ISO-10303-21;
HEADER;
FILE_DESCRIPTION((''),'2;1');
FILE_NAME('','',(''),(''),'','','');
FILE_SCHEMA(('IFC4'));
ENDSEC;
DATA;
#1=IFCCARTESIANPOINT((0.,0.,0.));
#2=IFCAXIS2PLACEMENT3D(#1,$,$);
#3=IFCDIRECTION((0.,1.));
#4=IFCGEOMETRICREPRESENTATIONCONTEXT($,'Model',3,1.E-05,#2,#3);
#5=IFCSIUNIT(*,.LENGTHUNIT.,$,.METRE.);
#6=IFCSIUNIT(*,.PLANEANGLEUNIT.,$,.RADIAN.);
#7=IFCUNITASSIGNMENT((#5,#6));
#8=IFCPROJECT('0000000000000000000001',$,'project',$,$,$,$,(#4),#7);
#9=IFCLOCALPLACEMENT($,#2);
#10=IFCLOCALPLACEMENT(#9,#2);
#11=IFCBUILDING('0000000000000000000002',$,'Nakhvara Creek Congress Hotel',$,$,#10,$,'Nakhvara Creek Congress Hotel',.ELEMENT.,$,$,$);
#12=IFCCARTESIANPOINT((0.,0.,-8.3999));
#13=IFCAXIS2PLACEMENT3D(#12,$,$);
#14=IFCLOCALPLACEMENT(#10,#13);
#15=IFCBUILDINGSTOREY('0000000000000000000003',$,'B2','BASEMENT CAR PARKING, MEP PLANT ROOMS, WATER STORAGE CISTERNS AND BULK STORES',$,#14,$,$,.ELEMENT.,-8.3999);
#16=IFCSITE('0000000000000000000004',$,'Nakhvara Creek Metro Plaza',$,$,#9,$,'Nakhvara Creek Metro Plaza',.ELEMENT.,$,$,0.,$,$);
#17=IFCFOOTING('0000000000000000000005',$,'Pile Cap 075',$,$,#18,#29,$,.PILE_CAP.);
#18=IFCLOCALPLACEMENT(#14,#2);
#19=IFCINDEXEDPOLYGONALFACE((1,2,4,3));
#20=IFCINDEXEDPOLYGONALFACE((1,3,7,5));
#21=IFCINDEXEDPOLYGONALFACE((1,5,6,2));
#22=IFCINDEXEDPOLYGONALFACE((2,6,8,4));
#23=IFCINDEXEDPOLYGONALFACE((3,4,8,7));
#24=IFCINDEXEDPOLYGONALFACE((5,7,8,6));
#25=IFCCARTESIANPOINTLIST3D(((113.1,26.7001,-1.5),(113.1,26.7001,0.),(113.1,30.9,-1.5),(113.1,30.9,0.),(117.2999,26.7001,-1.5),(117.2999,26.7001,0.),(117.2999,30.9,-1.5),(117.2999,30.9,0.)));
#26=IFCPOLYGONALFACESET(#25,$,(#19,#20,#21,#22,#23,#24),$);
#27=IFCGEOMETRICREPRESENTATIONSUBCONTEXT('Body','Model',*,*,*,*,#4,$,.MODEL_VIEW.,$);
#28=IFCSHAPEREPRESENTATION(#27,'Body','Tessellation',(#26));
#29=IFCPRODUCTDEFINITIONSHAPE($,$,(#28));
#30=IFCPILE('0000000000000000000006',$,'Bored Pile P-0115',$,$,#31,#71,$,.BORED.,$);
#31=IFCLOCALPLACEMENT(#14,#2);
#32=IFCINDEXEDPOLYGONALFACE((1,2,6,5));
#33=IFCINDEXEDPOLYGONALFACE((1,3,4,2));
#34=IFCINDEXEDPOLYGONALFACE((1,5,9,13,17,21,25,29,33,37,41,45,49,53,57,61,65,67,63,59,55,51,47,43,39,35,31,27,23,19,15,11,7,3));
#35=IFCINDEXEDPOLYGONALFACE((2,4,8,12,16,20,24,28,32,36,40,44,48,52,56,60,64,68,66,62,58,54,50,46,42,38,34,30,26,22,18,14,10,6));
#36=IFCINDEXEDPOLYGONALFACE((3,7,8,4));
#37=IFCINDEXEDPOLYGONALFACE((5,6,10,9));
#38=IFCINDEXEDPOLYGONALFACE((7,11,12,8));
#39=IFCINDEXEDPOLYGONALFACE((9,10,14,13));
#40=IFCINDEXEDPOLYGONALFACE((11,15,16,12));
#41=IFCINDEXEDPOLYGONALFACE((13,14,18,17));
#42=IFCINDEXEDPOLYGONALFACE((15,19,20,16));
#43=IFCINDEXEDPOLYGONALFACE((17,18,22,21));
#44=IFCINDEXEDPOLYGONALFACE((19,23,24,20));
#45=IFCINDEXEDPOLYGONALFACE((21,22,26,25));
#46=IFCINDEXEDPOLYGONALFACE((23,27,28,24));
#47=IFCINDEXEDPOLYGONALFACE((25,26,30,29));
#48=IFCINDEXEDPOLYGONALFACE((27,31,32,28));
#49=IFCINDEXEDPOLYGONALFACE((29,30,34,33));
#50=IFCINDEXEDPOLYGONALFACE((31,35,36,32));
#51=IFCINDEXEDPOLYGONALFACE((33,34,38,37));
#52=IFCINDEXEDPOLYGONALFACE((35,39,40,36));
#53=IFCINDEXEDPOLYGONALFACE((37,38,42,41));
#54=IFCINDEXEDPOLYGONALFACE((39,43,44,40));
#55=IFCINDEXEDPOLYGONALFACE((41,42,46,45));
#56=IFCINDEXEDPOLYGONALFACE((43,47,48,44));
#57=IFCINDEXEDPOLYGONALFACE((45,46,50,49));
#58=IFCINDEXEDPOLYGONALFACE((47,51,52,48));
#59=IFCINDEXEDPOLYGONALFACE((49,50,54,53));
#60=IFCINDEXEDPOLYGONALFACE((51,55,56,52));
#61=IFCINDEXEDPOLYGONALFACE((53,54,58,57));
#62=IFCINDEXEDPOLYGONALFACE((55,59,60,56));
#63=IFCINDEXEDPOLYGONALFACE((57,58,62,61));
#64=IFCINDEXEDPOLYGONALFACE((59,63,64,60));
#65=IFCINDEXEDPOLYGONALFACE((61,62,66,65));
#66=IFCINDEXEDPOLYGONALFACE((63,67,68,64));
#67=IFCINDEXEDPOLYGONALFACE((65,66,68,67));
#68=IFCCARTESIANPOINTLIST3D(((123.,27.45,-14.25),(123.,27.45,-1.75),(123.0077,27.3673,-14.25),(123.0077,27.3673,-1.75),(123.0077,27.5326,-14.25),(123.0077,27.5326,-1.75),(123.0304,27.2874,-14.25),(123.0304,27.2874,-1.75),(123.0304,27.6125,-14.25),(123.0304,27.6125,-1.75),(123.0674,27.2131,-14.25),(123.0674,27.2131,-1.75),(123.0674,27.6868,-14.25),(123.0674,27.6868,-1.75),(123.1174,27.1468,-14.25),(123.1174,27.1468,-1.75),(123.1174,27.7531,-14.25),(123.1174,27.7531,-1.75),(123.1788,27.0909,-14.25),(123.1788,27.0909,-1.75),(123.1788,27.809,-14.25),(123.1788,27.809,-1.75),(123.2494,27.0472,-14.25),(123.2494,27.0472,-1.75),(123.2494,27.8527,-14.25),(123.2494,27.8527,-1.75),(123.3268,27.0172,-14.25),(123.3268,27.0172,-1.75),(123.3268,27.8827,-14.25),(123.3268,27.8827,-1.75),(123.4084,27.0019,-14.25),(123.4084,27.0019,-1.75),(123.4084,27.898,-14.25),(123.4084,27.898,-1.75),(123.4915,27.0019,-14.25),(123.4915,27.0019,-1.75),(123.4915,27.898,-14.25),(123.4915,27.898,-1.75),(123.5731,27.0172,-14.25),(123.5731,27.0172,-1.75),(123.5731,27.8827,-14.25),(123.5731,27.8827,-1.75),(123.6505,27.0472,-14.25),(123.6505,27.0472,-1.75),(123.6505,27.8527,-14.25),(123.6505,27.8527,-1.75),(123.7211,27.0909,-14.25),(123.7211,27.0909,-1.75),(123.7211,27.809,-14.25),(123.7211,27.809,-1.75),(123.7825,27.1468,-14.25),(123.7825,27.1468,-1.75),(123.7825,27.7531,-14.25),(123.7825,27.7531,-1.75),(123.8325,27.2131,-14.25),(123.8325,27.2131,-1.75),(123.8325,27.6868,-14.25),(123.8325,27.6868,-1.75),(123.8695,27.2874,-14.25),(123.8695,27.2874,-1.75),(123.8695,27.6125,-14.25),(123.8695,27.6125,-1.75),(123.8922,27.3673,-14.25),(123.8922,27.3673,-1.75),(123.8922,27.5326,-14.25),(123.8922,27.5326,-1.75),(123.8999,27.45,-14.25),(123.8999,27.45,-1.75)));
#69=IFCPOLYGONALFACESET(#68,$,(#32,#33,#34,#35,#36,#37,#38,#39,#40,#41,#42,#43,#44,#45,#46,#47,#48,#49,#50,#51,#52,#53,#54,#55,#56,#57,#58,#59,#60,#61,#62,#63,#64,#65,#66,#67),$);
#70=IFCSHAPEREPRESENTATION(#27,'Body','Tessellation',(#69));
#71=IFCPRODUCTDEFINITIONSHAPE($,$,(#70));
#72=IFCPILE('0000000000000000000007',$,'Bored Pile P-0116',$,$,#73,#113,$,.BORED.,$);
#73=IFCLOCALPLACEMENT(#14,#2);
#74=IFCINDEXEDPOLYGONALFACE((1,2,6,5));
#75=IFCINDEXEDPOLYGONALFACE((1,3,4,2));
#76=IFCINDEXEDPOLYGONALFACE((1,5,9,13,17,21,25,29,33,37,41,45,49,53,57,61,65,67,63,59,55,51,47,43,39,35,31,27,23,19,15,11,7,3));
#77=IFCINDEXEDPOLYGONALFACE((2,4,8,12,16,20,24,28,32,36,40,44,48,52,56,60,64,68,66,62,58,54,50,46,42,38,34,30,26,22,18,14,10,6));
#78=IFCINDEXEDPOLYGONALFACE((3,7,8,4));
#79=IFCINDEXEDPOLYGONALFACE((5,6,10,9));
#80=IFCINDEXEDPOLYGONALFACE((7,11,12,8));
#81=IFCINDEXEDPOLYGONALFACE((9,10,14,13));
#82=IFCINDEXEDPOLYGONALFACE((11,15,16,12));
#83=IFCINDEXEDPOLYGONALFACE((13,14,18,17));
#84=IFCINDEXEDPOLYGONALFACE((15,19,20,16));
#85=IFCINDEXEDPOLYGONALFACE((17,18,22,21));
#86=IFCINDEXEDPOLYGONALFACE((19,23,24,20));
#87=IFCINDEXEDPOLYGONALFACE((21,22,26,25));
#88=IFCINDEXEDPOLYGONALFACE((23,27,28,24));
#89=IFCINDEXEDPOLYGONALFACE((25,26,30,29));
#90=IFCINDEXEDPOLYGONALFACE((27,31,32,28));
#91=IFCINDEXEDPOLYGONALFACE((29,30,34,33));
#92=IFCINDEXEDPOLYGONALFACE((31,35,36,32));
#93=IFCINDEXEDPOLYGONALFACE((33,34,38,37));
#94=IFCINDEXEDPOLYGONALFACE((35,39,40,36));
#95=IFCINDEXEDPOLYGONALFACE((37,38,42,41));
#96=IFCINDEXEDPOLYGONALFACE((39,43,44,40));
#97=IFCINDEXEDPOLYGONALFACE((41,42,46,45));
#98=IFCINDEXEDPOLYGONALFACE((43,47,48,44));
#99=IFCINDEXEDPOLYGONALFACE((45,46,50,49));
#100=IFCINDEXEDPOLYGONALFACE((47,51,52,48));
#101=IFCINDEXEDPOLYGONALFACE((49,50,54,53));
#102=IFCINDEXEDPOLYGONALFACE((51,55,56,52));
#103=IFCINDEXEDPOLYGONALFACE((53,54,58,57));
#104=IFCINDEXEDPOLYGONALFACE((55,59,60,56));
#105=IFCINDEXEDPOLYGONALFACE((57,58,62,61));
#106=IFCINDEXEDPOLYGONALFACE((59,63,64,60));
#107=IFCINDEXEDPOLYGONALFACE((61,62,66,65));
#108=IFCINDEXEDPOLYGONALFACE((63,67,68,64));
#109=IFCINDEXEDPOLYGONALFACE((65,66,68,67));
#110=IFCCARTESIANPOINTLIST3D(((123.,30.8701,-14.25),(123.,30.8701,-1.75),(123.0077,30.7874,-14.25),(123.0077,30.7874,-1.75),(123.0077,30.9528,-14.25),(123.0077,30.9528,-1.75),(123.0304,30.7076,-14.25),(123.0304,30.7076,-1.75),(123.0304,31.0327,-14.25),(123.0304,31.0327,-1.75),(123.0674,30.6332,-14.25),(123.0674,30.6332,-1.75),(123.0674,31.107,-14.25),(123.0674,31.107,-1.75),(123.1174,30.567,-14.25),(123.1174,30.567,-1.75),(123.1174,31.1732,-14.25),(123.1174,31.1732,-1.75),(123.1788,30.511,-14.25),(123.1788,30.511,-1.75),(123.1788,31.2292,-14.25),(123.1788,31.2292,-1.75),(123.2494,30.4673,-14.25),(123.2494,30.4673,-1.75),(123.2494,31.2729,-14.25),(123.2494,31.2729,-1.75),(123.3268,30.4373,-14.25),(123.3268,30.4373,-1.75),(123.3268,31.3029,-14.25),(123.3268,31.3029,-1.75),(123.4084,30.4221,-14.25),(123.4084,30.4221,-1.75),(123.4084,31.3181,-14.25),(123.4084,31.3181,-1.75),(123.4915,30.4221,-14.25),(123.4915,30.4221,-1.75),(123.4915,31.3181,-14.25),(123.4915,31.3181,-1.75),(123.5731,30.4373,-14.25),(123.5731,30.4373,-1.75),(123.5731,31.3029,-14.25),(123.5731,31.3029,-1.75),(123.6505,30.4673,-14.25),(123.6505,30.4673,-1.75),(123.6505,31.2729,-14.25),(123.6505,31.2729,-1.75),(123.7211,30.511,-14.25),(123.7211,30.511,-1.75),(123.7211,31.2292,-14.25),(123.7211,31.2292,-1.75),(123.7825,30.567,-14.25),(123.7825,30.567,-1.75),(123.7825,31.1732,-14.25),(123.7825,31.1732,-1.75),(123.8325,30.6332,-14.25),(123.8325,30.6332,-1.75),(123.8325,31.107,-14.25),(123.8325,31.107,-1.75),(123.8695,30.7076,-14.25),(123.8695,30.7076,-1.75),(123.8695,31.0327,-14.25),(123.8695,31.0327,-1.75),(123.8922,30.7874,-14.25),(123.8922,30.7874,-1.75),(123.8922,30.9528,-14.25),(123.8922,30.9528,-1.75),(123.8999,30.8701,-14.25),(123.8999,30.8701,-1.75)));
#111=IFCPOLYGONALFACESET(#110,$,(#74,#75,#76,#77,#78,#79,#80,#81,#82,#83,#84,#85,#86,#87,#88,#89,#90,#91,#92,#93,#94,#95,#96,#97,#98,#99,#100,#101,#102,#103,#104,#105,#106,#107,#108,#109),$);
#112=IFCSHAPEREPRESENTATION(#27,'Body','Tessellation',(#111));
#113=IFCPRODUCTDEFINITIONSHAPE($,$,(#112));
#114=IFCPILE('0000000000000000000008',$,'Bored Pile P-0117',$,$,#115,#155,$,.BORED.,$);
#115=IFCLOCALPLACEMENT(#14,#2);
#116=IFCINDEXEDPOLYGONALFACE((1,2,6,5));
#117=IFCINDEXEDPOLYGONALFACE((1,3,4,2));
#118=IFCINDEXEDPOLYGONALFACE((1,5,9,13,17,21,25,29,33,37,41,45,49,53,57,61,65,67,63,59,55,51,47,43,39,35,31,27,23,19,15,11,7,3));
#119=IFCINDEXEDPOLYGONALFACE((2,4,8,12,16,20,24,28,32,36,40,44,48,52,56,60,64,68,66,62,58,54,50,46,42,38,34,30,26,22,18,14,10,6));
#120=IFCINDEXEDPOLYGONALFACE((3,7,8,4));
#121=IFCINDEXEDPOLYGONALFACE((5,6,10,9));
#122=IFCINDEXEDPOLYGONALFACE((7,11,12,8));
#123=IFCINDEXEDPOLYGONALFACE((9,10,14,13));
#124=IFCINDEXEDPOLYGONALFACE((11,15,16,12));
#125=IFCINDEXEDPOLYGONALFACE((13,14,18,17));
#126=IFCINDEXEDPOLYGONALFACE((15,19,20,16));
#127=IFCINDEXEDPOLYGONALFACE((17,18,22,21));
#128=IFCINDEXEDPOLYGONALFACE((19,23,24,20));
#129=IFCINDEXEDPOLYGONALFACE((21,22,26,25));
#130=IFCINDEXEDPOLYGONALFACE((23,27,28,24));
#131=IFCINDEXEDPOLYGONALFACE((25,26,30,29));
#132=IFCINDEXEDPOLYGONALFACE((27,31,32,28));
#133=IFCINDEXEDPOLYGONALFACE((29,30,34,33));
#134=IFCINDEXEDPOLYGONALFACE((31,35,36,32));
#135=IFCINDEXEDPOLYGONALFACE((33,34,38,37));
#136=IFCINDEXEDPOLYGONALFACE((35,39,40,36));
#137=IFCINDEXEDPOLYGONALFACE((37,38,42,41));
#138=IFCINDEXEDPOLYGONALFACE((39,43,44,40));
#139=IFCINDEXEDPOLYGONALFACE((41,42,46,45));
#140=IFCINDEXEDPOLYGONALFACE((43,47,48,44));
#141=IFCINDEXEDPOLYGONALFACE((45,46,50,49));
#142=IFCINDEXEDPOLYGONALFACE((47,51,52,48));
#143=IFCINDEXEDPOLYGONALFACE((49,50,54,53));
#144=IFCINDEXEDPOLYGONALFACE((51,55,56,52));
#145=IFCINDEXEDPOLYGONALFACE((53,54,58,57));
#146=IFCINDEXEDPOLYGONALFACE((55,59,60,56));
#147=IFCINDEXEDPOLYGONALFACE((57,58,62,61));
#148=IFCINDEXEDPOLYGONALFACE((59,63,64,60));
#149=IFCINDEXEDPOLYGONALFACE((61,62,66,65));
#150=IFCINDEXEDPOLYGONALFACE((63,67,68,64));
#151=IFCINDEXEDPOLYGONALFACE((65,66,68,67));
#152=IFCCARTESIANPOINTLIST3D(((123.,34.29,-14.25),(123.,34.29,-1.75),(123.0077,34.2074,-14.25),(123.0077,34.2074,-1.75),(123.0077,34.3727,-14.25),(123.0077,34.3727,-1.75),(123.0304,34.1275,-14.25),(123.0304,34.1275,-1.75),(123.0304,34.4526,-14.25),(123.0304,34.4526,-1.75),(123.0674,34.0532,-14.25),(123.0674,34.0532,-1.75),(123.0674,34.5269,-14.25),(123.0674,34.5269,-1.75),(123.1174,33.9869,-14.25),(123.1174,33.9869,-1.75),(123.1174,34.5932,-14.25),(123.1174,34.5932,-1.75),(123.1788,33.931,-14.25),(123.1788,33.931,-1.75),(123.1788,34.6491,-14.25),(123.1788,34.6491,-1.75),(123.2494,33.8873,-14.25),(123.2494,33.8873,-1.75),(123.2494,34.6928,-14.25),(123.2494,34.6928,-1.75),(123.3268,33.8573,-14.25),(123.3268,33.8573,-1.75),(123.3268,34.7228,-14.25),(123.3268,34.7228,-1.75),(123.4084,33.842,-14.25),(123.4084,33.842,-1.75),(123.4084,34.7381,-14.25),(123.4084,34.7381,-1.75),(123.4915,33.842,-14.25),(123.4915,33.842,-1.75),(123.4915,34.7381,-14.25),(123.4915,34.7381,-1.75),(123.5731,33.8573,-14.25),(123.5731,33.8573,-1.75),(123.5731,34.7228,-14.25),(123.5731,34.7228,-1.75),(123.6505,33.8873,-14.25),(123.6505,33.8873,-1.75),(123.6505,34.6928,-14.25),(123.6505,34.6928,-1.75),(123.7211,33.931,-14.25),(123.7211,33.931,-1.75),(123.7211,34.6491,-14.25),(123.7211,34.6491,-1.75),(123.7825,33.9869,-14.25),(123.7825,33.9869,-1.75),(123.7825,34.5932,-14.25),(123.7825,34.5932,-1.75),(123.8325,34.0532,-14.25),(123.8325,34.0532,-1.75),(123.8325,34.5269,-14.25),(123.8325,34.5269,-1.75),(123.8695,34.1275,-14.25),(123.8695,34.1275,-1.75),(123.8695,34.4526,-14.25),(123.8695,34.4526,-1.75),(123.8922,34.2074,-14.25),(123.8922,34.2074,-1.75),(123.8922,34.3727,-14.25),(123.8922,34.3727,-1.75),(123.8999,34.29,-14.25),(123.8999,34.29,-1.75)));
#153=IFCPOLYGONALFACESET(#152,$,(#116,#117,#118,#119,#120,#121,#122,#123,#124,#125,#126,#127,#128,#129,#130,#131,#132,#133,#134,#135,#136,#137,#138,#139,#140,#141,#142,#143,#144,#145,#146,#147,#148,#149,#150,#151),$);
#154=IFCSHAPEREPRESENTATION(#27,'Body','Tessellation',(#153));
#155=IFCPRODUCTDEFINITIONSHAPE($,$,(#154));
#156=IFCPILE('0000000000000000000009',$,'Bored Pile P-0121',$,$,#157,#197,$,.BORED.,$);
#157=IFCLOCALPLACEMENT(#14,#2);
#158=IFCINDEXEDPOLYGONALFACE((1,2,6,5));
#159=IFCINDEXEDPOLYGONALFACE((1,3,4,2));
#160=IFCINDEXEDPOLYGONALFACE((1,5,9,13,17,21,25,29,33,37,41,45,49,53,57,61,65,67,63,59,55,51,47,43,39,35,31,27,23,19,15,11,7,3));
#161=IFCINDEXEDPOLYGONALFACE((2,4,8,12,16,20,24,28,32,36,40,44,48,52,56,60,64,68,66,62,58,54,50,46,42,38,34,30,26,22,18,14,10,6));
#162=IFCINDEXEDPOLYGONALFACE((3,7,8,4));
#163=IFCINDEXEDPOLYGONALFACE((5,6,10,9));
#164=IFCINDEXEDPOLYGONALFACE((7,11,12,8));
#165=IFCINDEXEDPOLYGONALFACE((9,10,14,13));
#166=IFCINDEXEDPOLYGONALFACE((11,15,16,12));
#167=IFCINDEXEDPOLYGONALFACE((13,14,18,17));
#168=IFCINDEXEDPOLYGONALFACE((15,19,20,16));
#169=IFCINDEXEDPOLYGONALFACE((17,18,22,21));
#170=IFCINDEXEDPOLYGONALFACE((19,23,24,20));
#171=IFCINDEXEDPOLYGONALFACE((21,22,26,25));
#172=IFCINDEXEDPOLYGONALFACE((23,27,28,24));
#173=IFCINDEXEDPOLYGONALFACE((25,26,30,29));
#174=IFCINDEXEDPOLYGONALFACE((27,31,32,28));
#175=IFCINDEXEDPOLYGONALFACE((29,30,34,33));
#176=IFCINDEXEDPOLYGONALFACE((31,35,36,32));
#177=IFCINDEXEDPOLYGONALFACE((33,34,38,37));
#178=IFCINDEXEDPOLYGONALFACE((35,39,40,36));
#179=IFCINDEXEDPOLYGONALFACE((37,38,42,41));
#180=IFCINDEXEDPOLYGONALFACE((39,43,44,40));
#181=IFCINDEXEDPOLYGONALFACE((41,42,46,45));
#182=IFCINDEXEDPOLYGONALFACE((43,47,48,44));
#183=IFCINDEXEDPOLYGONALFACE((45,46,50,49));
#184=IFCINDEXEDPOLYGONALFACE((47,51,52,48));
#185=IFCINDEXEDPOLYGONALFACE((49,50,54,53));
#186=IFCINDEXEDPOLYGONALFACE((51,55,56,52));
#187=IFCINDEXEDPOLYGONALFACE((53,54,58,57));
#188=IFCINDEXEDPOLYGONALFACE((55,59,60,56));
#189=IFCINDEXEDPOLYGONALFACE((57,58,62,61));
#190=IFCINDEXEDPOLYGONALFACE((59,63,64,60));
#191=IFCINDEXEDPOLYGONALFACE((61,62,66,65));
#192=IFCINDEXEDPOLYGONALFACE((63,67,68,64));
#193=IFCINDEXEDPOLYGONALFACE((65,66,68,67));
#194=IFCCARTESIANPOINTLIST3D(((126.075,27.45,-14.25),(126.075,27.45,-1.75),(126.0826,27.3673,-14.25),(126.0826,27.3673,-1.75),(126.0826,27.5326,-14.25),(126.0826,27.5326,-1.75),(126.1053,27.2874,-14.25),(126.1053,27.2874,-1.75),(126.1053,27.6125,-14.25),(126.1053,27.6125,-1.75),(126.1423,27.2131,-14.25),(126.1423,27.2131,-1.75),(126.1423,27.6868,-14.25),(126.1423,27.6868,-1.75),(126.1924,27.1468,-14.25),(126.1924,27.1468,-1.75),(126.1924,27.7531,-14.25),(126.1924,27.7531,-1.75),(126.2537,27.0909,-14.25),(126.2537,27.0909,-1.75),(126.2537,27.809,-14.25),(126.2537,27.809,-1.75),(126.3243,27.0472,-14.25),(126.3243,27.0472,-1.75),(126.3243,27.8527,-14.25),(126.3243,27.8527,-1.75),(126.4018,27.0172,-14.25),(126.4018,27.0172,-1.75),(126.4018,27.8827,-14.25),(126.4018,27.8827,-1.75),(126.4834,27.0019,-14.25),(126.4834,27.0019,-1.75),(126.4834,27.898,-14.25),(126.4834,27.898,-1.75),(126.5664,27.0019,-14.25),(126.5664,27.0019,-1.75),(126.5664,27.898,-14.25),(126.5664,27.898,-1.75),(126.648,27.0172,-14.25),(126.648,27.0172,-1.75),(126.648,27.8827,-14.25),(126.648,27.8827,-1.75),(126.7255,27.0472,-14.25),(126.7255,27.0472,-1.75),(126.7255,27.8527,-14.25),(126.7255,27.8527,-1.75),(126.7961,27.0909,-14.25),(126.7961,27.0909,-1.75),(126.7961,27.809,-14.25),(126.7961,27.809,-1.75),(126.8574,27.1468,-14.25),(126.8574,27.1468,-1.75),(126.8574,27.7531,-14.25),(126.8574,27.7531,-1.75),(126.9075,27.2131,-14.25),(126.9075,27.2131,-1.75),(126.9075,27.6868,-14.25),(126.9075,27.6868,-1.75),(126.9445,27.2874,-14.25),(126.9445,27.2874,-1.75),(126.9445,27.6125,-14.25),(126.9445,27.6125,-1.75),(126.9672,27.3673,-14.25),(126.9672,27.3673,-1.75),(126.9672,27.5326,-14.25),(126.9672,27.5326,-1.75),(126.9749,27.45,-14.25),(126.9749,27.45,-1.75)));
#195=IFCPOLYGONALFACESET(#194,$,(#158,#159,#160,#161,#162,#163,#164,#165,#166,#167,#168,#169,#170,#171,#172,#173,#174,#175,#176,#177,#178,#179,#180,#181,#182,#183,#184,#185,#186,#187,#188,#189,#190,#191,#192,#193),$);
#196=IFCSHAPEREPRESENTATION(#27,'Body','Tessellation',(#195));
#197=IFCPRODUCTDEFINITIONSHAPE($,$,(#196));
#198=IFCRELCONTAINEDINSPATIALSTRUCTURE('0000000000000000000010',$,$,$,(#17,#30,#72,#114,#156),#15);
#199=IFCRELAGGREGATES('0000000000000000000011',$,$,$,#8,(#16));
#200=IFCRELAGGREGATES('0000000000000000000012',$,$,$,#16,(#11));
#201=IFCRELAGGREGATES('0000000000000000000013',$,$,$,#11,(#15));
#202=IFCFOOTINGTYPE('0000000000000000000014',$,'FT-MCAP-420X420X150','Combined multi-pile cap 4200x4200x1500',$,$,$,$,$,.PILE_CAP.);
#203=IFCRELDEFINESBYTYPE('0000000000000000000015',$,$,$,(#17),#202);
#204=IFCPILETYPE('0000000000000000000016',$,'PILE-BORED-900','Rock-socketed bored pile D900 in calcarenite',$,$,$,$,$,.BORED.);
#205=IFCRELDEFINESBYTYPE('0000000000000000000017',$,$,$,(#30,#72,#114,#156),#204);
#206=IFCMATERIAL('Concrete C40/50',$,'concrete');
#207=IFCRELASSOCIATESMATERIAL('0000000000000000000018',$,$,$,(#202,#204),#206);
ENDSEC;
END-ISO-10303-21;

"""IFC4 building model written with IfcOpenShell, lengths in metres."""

from ifc_helpers import new_model, si_unit, direction, frame, origin, origin_2d, place, context, subcontext, project, spatial, rectangle, circle, extrude, material, material_profile, profile_set, type_object, element, save


model = new_model("IFC4")

# Units and contexts
model_context = context("Model", 3, precision=1e-05, world=origin(), true_north=direction((0.0, 1.0)))
body_context = subcontext(model_context, "Body", "Model", "MODEL_VIEW")
ifc_project = project(units=[si_unit("LENGTHUNIT", "METRE"), si_unit("PLANEANGLEUNIT", "RADIAN")], contexts=[model_context])

# Site, building, storey
site_placement = place(None, origin())
site = spatial("IfcSite", under=ifc_project, at=site_placement, Name="Nakhvara Creek Metro Plaza", LongName="Nakhvara Creek Metro Plaza", CompositionType="ELEMENT", RefElevation=0.0)
building_placement = place(site_placement, origin())
building = spatial("IfcBuilding", under=site, at=building_placement, Name="Nakhvara Creek Congress Hotel", LongName="Nakhvara Creek Congress Hotel", CompositionType="ELEMENT")
storey_placement = place(building_placement, frame((0.0, 0.0, -8.3999)))
storey = spatial("IfcBuildingStorey", under=building, at=storey_placement, Name="B2", Description="BASEMENT CAR PARKING, MEP PLANT ROOMS, WATER STORAGE CISTERNS AND BULK STORES", CompositionType="ELEMENT", Elevation=-8.3999)

# Footing
ifc_material_1 = material(Name="Concrete C40/50", Category="concrete")
footing_type = type_object("IfcFootingType", Name="FT-MCAP-420X420X150", Description="Combined multi-pile cap 4200x4200x1500", PredefinedType="PILE_CAP", material=ifc_material_1)
footing_placement = place(storey_placement, frame((115.2, 28.8, -1.5), z_axis=(0.0, 0.0, 1.0), x_axis=(1.0, 0.0, 0.0)))
element("IfcFooting", 1, at=footing_placement, inside=storey, type_object=footing_type, Name="Pile Cap 075", PredefinedType="PILE_CAP", context=body_context, shape_type="SweptSolid", body=[
    extrude(rectangle(XDim=4.2, YDim=4.2, at=origin_2d()), origin(), (0.0, 0.0, 1.0), 1.5),
])

# Piles
ifc_material_profile_1 = material_profile(ifc_material_1, circle(Radius=0.45, at=origin_2d()), Name="BORED PILE D900", Category="LoadBearing")
ifc_profile_set_1 = profile_set([ifc_material_profile_1], Name="Concrete C40/50")
pile_type = type_object("IfcPileType", Name="PILE-BORED-900", Description="Rock-socketed bored pile D900 in calcarenite", PredefinedType="BORED", material=ifc_profile_set_1)
for number, where, z_axis, x_axis, name in (
    (2, (123.45, 27.45, -1.75), (0.0, 0.0, -1.0), (1.0, 0.0, 0.0), "Bored Pile P-0115"),
    (3, (123.45, 30.8701, -1.75), (0.0, 0.0, -1.0), (1.0, 0.0, 0.0), "Bored Pile P-0116"),
    (4, (123.45, 34.29, -1.75), (0.0, 0.0, -1.0), (1.0, 0.0, 0.0), "Bored Pile P-0117"),
    (5, (126.5249, 27.45, -1.75), (0.0, 0.0, -1.0), (1.0, 0.0, 0.0), "Bored Pile P-0121"),
):
    element("IfcPile", number, at=place(storey_placement, frame(where, z_axis=z_axis, x_axis=x_axis)), inside=storey, type_object=pile_type, Name=name, PredefinedType="BORED", context=body_context, shape_type="SweptSolid", body=[
        extrude(circle(Radius=0.45, at=origin_2d()), origin(), (0.0, 0.0, 1.0), 12.5),
    ])

save(model, "model.ifc")
